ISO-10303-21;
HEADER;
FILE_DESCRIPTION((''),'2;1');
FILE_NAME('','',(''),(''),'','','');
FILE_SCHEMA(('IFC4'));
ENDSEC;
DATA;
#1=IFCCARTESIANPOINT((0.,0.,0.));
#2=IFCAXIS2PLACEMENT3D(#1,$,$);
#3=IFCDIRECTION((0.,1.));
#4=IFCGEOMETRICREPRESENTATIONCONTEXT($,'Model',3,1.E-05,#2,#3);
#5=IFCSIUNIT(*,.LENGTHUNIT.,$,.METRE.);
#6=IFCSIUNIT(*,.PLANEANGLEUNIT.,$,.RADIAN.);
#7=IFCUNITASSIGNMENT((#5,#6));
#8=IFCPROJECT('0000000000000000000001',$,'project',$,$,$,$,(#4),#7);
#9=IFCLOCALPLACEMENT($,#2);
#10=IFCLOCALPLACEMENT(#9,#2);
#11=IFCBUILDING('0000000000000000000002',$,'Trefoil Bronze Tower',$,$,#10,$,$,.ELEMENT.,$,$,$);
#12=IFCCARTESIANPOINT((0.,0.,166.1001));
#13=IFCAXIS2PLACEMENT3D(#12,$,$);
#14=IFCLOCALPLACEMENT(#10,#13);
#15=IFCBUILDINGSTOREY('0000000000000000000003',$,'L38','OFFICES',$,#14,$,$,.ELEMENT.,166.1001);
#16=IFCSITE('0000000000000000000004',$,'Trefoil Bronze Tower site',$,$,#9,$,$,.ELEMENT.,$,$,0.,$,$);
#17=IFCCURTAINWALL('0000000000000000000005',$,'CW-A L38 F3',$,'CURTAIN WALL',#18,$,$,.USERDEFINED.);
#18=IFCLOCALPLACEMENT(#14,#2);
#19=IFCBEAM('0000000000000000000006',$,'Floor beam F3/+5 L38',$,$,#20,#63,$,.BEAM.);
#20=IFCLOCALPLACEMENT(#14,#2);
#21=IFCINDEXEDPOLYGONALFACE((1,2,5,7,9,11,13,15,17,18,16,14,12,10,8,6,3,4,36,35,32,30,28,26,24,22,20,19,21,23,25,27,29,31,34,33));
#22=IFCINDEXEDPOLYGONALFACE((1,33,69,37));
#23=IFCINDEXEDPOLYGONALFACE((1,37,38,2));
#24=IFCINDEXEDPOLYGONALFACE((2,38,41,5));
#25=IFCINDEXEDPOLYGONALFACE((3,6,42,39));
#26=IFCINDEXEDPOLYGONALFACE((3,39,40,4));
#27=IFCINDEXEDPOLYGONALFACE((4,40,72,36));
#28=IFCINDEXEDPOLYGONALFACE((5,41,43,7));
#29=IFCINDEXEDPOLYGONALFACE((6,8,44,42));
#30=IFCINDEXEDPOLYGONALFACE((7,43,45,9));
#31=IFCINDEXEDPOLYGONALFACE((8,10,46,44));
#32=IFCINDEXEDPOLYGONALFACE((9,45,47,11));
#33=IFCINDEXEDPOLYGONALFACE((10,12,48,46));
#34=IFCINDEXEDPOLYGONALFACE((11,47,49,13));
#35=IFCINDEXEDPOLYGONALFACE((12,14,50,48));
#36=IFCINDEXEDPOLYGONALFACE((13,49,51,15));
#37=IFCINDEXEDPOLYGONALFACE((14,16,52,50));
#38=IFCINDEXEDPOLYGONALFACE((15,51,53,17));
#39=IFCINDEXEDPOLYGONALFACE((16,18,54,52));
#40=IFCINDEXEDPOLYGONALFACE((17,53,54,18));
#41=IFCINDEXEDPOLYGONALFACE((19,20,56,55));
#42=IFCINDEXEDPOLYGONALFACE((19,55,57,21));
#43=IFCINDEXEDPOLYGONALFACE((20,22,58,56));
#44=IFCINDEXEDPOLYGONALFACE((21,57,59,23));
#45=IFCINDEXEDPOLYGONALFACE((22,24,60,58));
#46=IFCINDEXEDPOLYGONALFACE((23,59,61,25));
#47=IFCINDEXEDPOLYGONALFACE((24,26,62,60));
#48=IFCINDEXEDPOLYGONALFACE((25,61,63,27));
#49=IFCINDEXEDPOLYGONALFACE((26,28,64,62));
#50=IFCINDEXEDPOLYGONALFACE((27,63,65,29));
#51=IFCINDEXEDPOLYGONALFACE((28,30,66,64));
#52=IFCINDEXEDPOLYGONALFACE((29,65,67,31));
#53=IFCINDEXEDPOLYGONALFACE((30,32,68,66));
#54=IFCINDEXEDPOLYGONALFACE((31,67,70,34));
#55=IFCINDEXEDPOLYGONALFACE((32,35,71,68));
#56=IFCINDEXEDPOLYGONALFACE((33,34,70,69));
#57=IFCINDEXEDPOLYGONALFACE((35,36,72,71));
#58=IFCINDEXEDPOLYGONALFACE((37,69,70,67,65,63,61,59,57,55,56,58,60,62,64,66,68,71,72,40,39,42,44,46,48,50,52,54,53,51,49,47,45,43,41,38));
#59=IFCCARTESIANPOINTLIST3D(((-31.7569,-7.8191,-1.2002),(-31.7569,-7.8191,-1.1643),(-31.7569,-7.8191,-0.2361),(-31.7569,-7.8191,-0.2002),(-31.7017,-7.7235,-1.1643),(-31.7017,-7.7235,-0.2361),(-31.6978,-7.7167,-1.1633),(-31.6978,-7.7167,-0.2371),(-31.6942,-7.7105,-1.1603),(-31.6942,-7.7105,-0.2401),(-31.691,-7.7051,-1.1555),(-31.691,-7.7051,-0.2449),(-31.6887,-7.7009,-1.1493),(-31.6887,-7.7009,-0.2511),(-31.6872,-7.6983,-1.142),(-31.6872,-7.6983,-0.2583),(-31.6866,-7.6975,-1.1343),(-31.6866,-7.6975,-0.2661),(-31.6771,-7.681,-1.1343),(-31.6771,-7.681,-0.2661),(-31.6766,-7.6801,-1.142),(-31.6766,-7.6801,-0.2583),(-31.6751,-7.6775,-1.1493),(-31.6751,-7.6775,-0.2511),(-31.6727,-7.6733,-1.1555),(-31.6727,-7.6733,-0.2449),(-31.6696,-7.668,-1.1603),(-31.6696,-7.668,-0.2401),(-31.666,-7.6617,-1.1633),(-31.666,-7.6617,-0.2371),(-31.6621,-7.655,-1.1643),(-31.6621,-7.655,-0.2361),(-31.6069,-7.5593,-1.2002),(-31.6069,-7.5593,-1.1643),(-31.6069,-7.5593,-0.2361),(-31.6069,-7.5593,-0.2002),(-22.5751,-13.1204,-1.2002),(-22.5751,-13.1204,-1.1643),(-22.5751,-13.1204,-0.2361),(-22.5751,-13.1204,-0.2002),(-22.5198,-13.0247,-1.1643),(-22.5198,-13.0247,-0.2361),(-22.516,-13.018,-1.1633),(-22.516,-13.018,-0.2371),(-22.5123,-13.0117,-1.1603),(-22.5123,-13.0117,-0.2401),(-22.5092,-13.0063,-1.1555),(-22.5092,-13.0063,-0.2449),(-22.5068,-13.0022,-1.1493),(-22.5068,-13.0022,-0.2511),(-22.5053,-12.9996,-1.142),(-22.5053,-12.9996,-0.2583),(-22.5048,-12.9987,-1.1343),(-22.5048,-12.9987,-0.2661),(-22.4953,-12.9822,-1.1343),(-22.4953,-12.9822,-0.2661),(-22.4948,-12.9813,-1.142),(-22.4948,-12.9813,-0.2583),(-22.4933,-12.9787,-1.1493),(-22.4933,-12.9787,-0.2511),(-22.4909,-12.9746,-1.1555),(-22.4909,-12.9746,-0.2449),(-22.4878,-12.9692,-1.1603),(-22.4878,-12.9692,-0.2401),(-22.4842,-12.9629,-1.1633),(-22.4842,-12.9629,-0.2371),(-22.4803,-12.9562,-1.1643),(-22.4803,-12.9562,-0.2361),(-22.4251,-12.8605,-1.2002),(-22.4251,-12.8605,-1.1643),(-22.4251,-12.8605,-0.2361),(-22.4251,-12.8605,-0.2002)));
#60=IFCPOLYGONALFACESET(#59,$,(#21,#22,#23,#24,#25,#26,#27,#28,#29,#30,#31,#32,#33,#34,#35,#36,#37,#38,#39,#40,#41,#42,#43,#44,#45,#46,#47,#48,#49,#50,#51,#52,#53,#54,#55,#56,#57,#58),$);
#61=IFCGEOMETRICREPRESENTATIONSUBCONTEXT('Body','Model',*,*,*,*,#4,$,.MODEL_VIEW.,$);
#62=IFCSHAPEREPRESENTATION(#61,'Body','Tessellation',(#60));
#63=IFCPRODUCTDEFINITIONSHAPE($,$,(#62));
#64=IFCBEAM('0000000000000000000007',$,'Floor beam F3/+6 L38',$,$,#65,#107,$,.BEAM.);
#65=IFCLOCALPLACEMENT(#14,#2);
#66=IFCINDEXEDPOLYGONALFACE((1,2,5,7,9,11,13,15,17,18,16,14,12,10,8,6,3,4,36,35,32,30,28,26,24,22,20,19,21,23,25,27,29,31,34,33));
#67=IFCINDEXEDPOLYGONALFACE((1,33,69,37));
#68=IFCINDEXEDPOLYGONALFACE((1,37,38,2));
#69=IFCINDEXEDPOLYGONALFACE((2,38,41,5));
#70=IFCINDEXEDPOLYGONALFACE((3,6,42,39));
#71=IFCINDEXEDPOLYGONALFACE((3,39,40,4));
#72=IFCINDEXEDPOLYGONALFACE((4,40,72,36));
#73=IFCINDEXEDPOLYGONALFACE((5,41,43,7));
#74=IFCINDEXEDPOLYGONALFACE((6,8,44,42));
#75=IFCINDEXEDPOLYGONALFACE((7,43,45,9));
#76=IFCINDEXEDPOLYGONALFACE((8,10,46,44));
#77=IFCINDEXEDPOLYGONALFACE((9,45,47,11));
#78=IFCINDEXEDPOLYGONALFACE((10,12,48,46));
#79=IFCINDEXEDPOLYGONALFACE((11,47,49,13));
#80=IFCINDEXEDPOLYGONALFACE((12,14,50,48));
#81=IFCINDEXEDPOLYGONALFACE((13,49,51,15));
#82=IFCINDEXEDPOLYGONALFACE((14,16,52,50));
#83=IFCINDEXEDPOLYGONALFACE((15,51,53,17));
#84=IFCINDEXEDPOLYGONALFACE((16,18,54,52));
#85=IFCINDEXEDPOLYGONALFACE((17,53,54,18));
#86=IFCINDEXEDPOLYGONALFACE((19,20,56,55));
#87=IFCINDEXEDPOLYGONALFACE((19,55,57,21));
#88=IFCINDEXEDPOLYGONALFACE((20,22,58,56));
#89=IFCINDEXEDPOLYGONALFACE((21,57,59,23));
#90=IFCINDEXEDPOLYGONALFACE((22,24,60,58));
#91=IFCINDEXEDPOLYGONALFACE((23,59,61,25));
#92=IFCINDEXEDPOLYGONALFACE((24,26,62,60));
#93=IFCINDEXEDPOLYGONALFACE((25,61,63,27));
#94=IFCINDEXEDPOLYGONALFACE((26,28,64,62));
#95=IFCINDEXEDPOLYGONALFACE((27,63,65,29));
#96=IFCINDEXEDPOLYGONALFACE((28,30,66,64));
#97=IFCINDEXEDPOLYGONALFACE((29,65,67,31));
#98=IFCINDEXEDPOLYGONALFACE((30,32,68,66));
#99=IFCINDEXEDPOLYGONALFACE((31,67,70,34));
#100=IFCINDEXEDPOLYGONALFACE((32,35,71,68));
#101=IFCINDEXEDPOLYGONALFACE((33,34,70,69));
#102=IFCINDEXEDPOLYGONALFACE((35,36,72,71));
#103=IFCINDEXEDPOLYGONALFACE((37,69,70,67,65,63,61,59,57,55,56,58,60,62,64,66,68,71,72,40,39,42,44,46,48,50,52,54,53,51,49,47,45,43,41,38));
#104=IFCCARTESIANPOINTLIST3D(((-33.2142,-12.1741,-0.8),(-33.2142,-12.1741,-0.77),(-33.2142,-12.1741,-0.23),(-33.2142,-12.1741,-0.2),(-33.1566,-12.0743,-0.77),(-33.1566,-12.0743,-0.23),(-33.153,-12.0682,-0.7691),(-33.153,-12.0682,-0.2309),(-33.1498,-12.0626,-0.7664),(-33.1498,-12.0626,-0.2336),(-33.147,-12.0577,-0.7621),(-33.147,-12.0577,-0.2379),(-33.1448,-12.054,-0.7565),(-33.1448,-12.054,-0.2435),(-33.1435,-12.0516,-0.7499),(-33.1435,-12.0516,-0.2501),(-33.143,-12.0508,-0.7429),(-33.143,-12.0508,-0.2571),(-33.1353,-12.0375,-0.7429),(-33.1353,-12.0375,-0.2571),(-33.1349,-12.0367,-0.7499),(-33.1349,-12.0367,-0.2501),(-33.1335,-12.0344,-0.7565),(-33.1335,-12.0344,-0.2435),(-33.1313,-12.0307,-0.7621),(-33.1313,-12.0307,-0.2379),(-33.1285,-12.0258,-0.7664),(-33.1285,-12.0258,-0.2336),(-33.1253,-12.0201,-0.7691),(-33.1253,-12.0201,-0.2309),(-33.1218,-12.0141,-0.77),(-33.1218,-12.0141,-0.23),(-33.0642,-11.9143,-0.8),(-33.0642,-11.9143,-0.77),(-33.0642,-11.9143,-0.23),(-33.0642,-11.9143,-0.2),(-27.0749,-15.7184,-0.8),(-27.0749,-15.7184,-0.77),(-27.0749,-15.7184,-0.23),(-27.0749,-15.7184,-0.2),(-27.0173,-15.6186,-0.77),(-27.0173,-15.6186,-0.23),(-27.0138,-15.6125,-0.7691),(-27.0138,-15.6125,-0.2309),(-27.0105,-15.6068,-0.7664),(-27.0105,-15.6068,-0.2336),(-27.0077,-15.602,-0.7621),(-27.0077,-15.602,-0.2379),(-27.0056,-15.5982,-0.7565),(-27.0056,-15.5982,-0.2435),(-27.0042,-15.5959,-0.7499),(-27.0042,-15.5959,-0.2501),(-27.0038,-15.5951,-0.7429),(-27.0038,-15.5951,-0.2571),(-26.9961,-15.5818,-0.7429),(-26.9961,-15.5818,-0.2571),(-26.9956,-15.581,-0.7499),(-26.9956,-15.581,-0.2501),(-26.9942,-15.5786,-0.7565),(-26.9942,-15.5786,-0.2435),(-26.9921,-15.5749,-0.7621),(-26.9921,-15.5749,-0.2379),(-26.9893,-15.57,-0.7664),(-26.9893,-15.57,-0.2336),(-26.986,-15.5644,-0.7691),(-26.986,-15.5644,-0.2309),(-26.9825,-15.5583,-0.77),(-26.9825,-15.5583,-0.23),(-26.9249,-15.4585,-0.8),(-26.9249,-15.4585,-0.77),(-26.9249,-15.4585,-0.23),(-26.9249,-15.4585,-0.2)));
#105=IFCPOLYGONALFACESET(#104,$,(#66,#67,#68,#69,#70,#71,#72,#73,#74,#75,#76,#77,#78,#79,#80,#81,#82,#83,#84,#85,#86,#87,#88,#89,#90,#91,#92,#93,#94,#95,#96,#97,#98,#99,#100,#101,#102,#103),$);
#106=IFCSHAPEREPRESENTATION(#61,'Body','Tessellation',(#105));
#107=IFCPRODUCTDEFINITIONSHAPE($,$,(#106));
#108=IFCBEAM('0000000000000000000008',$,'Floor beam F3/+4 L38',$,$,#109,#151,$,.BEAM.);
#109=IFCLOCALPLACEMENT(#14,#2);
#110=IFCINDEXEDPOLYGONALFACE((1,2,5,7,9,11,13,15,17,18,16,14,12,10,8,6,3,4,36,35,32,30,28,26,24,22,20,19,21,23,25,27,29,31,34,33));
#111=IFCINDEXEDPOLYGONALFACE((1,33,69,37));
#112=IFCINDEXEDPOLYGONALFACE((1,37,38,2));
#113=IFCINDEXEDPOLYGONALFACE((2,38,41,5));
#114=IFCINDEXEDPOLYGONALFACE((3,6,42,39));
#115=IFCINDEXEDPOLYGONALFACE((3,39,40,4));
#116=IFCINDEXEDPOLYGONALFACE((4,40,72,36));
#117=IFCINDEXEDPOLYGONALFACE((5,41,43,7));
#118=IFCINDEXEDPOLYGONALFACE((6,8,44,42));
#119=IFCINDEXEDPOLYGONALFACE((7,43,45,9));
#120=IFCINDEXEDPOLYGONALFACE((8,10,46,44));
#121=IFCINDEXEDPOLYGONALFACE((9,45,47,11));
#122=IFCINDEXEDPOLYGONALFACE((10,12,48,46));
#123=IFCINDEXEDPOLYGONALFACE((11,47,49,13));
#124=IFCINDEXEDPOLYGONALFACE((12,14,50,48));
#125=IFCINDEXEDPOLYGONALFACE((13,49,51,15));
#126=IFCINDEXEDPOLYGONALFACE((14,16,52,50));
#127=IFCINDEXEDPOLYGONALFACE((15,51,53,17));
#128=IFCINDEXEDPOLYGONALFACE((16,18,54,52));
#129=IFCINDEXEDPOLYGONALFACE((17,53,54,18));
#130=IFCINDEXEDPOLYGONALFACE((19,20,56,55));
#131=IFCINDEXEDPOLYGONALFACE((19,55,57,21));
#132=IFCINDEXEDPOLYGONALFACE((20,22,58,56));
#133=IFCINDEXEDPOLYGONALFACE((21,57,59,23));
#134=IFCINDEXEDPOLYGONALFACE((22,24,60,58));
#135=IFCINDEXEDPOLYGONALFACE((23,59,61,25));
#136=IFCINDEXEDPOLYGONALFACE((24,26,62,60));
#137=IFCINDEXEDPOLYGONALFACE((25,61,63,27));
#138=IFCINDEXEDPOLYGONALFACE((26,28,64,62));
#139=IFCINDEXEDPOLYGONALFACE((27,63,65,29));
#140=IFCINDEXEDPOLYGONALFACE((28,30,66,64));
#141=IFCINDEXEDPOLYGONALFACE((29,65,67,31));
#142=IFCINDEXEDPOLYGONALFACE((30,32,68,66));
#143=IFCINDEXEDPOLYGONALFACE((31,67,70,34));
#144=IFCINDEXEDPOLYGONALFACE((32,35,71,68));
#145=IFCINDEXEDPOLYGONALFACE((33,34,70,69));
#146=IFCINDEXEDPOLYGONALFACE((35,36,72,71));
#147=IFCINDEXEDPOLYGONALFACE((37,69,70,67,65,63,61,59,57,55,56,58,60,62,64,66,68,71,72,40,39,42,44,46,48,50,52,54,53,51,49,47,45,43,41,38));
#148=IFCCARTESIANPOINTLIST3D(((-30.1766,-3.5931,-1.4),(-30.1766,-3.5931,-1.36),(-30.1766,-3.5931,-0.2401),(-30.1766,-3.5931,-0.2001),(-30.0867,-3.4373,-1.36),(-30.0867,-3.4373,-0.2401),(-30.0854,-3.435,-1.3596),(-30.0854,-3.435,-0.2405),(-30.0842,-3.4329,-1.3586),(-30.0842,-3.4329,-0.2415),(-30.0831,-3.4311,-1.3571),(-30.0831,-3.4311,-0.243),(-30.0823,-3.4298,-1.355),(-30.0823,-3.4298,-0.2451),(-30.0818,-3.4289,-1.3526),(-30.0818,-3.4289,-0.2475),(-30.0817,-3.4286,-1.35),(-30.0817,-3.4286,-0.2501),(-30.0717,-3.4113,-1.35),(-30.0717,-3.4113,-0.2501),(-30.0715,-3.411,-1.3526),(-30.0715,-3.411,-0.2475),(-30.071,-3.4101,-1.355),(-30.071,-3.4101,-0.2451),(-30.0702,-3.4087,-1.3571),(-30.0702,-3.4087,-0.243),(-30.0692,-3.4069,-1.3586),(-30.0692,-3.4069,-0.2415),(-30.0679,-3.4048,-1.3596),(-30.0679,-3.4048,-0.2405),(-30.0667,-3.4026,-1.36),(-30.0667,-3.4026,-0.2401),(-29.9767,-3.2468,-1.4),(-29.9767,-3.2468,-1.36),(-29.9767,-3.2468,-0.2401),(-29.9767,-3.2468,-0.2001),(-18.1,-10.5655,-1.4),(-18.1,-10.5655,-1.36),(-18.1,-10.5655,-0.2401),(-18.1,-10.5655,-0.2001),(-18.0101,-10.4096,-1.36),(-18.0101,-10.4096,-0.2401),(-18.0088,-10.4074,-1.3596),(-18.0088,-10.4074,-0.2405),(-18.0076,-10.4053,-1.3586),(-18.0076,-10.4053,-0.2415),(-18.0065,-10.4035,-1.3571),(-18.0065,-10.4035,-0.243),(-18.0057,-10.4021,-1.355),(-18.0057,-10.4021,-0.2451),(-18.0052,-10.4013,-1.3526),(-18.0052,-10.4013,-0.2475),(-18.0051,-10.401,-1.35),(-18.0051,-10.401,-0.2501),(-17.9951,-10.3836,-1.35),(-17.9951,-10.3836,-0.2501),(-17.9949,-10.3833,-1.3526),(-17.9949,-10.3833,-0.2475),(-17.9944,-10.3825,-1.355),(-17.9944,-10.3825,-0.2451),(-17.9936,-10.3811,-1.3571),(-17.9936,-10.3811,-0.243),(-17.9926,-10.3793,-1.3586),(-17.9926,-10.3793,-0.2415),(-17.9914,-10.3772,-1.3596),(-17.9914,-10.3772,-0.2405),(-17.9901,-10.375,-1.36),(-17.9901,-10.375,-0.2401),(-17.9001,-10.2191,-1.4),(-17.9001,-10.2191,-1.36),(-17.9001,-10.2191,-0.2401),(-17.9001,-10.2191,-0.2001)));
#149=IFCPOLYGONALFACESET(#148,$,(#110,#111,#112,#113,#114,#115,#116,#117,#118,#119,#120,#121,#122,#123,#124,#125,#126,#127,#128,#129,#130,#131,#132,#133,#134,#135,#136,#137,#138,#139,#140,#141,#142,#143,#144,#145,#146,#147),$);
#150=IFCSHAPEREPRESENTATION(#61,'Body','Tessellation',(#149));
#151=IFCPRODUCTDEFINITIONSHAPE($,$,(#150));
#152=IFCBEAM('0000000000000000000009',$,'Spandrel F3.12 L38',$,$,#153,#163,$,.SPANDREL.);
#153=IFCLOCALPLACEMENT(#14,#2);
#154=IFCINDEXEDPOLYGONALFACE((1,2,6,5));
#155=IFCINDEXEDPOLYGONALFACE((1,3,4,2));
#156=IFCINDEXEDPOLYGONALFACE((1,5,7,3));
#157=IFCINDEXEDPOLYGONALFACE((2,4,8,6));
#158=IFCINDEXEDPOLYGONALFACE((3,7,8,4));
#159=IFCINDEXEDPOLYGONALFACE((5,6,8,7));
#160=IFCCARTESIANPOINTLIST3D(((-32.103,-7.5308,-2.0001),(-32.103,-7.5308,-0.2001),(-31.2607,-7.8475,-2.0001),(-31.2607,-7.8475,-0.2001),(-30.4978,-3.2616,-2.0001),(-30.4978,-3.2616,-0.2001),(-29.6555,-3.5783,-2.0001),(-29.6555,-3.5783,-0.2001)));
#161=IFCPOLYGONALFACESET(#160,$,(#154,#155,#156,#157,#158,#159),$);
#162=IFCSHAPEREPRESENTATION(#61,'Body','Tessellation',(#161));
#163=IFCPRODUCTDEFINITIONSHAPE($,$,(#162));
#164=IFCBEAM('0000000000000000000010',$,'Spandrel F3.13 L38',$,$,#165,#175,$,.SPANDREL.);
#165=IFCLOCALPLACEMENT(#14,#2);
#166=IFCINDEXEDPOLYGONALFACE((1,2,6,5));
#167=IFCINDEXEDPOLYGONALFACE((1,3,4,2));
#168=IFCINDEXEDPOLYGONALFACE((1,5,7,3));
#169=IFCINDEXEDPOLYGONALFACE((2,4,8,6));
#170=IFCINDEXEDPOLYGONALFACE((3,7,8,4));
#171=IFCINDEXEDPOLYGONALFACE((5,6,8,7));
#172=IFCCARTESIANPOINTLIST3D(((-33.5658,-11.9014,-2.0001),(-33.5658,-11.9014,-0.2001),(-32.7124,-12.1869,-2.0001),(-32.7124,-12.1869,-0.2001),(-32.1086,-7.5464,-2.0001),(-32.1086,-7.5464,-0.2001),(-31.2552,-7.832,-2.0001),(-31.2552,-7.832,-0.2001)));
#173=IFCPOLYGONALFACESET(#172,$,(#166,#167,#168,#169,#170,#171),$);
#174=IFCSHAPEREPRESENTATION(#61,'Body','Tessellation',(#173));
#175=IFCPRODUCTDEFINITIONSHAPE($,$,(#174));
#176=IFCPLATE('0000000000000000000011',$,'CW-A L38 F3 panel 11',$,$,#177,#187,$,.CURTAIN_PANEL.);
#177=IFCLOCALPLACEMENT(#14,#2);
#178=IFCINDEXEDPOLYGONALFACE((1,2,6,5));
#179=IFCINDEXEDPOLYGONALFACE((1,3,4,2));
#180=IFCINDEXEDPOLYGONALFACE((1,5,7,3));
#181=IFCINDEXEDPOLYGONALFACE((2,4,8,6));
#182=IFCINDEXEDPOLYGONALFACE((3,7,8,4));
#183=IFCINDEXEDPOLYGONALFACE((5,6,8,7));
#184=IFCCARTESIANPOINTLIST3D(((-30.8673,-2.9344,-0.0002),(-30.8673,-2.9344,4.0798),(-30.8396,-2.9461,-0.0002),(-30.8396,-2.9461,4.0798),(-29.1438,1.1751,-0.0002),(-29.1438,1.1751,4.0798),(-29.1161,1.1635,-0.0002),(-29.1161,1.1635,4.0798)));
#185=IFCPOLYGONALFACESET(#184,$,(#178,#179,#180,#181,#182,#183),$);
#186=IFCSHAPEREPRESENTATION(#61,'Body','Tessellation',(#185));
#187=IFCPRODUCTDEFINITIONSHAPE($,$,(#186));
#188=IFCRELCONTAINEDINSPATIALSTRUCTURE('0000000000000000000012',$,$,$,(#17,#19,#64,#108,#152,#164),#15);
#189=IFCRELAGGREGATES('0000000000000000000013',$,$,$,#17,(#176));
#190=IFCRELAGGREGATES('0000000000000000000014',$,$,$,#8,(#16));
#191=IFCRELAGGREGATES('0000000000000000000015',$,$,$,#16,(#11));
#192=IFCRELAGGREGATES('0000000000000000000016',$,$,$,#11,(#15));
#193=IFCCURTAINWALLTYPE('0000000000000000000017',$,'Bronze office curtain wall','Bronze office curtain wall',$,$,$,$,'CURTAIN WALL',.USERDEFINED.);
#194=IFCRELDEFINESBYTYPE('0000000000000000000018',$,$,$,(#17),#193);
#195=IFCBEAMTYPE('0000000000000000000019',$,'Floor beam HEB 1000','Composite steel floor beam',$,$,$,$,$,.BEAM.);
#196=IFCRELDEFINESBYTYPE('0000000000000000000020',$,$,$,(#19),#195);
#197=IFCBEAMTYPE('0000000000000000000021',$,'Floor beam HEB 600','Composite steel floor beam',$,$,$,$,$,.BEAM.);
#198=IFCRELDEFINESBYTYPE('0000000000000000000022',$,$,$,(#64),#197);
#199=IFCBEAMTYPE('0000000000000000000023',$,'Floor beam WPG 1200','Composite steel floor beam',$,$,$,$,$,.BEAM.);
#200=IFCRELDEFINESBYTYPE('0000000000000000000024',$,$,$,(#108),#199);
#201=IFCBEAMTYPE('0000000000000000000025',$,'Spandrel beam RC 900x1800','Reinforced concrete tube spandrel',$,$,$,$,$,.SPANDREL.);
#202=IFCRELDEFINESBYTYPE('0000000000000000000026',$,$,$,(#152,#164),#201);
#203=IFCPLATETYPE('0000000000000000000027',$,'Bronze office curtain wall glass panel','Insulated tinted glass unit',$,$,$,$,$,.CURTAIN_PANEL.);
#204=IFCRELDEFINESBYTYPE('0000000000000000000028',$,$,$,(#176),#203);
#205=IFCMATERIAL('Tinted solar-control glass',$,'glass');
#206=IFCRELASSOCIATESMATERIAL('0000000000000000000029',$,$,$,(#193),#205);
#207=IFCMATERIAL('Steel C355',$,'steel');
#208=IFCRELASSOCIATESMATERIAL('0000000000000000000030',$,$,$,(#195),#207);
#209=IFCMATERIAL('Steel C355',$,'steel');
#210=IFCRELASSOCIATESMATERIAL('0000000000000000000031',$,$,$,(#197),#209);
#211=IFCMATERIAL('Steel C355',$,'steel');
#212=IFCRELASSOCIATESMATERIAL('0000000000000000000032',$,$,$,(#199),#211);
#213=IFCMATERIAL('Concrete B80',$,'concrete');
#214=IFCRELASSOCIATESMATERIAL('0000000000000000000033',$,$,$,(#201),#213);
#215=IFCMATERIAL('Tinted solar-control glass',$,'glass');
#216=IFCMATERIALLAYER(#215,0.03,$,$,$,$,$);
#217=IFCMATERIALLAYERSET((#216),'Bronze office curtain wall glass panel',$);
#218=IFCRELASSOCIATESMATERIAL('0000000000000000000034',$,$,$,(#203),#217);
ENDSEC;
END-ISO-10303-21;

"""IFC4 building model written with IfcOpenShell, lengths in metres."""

from ifc_helpers import new_model, si_unit, direction, frame, origin, origin_2d, place, context, subcontext, project, spatial, rectangle, i_section, extrude, material, layer, layer_set, material_profile, profile_set, type_object, element, aggregate, save


model = new_model("IFC4")

# Units and contexts
model_context = context("Model", 3, precision=1e-05, world=origin(), true_north=direction((0.0, 1.0)))
body_context = subcontext(model_context, "Body", "Model", "MODEL_VIEW")
ifc_project = project(units=[si_unit("LENGTHUNIT", "METRE"), si_unit("PLANEANGLEUNIT", "RADIAN")], contexts=[model_context])

# Site, building, storey
site_placement = place(None, origin())
site = spatial("IfcSite", under=ifc_project, at=site_placement, Name="Trefoil Bronze Tower site", CompositionType="ELEMENT", RefElevation=0.0)
building_placement = place(site_placement, origin())
building = spatial("IfcBuilding", under=site, at=building_placement, Name="Trefoil Bronze Tower", CompositionType="ELEMENT")
storey_placement = place(building_placement, frame((0.0, 0.0, 166.1001)))
storey = spatial("IfcBuildingStorey", under=building, at=storey_placement, Name="L38", Description="OFFICES", CompositionType="ELEMENT", Elevation=166.1001)

# Curtain wall
ifc_material_1 = material(Name="Tinted solar-control glass", Category="glass")
curtain_wall_type_1 = type_object("IfcCurtainWallType", Name="Bronze office curtain wall", Description="Bronze office curtain wall", ElementType="CURTAIN WALL", PredefinedType="USERDEFINED", material=ifc_material_1)
curtain_wall_1_placement = place(storey_placement, origin())
curtain_wall_1 = element("IfcCurtainWall", 1, at=curtain_wall_1_placement, inside=storey, type_object=curtain_wall_type_1, Name="CW-A L38 F3", ObjectType="CURTAIN WALL", PredefinedType="USERDEFINED")

# Beams
ifc_material_2 = material(Name="Steel C355", Category="steel")
ifc_material_profile_1 = material_profile(ifc_material_2, i_section(OverallWidth=0.3, OverallDepth=1.0, WebThickness=0.019, FlangeThickness=0.0359, FilletRadius=0.03, at=origin_2d()), Name="HEB 1000")
ifc_profile_set_1 = profile_set([ifc_material_profile_1], Name="Steel C355")
beam_type_1 = type_object("IfcBeamType", Name="Floor beam HEB 1000", Description="Composite steel floor beam", PredefinedType="BEAM", material=ifc_profile_set_1)
beam_1_placement = place(storey_placement, frame((-31.6819, -7.6892, -0.7002), z_axis=(0.866021, -0.500007, 0.0), x_axis=(0.500007, 0.866021, 0.0)))
element("IfcBeam", 2, at=beam_1_placement, inside=storey, type_object=beam_type_1, Name="Floor beam F3/+5 L38", PredefinedType="BEAM", context=body_context, shape_type="SweptSolid", body=[
    extrude(i_section(OverallWidth=0.3, OverallDepth=1.0, WebThickness=0.019, FlangeThickness=0.0359, FilletRadius=0.03, at=origin_2d()), origin(), (0.0, 0.0, 1.0), 10.6023),
])
ifc_material_3 = material(Name="Steel C355", Category="steel")
ifc_material_profile_2 = material_profile(ifc_material_3, i_section(OverallWidth=0.3, OverallDepth=0.6001, WebThickness=0.0154, FlangeThickness=0.03, FilletRadius=0.0271, at=origin_2d()), Name="HEB 600")
ifc_profile_set_2 = profile_set([ifc_material_profile_2], Name="Steel C355")
beam_type_2 = type_object("IfcBeamType", Name="Floor beam HEB 600", Description="Composite steel floor beam", PredefinedType="BEAM", material=ifc_profile_set_2)
beam_2_placement = place(storey_placement, frame((-33.1392, -12.0442, -0.5), z_axis=(0.866041, -0.499973, 0.0), x_axis=(0.499973, 0.866041, 0.0)))
element("IfcBeam", 3, at=beam_2_placement, inside=storey, type_object=beam_type_2, Name="Floor beam F3/+6 L38", PredefinedType="BEAM", context=body_context, shape_type="SweptSolid", body=[
    extrude(i_section(OverallWidth=0.3, OverallDepth=0.6001, WebThickness=0.0154, FlangeThickness=0.03, FilletRadius=0.0271, at=origin_2d()), origin(), (0.0, 0.0, 1.0), 7.0889),
])
ifc_material_4 = material(Name="Steel C355", Category="steel")
ifc_material_profile_3 = material_profile(ifc_material_4, i_section(OverallWidth=0.3999, OverallDepth=1.2, WebThickness=0.02, FlangeThickness=0.04, FilletRadius=0.01, at=origin_2d()), Name="WPG 1200")
ifc_profile_set_3 = profile_set([ifc_material_profile_3], Name="Steel C355")
beam_type_3 = type_object("IfcBeamType", Name="Floor beam WPG 1200", Description="Composite steel floor beam", PredefinedType="BEAM", material=ifc_profile_set_3)
beam_3_placement = place(storey_placement, frame((-30.0767, -3.4199, -0.8), z_axis=(0.866027, -0.499997, 0.0), x_axis=(0.499997, 0.866027, 0.0)))
element("IfcBeam", 4, at=beam_3_placement, inside=storey, type_object=beam_type_3, Name="Floor beam F3/+4 L38", PredefinedType="BEAM", context=body_context, shape_type="SweptSolid", body=[
    extrude(i_section(OverallWidth=0.3999, OverallDepth=1.2, WebThickness=0.02, FlangeThickness=0.04, FilletRadius=0.01, at=origin_2d()), origin(), (0.0, 0.0, 1.0), 13.9448),
])
ifc_material_5 = material(Name="Concrete B80", Category="concrete")
ifc_material_profile_4 = material_profile(ifc_material_5, rectangle(XDim=0.8999, YDim=1.8, at=origin_2d()), Name="RC 900x1800")
ifc_profile_set_4 = profile_set([ifc_material_profile_4], Name="Concrete B80")
beam_type_4 = type_object("IfcBeamType", Name="Spandrel beam RC 900x1800", Description="Reinforced concrete tube spandrel", PredefinedType="SPANDREL", material=ifc_profile_set_4)
beam_4_placement = place(storey_placement, frame((-30.0767, -3.4199, -1.1001), z_axis=(-0.351939, -0.936023, 0.0), x_axis=(0.936023, -0.351939, 0.0)))
element("IfcBeam", 5, at=beam_4_placement, inside=storey, type_object=beam_type_4, Name="Spandrel F3.12 L38", PredefinedType="SPANDREL", context=body_context, shape_type="SweptSolid", body=[
    extrude(rectangle(XDim=0.8999, YDim=1.8, at=origin_2d()), origin(), (0.0, 0.0, 1.0), 4.561),
])
beam_5_placement = place(storey_placement, frame((-31.6819, -7.6892, -1.1001), z_axis=(-0.317328, -0.948316, 0.0), x_axis=(0.948316, -0.317328, 0.0)))
element("IfcBeam", 6, at=beam_5_placement, inside=storey, type_object=beam_type_4, Name="Spandrel F3.13 L38", PredefinedType="SPANDREL", context=body_context, shape_type="SweptSolid", body=[
    extrude(rectangle(XDim=0.8999, YDim=1.8, at=origin_2d()), origin(), (0.0, 0.0, 1.0), 4.5923),
])

# Plate
ifc_material_6 = material(Name="Tinted solar-control glass", Category="glass")
ifc_layer_1 = layer(ifc_material_6, 0.03)
ifc_layer_set_1 = layer_set([ifc_layer_1], Name="Bronze office curtain wall glass panel")
plate_type_1 = type_object("IfcPlateType", Name="Bronze office curtain wall glass panel", Description="Insulated tinted glass unit", PredefinedType="CURTAIN_PANEL", material=ifc_layer_set_1)
plate_1_placement = place(storey_placement, frame((-29.9917, -0.8855, -0.0002), z_axis=(0.0, 0.0, 1.0), x_axis=(-0.386759, -0.922181, 0.0)))
plate_1 = element("IfcPlate", 7, at=plate_1_placement, type_object=plate_type_1, Name="CW-A L38 F3 panel 11", PredefinedType="CURTAIN_PANEL", context=body_context, shape_type="SweptSolid", body=[
    extrude(rectangle(XDim=4.4563, YDim=0.03, at=origin_2d()), origin(), (0.0, 0.0, 1.0), 4.0801),
])
aggregate(curtain_wall_1, [plate_1])

save(model, "model.ifc")
